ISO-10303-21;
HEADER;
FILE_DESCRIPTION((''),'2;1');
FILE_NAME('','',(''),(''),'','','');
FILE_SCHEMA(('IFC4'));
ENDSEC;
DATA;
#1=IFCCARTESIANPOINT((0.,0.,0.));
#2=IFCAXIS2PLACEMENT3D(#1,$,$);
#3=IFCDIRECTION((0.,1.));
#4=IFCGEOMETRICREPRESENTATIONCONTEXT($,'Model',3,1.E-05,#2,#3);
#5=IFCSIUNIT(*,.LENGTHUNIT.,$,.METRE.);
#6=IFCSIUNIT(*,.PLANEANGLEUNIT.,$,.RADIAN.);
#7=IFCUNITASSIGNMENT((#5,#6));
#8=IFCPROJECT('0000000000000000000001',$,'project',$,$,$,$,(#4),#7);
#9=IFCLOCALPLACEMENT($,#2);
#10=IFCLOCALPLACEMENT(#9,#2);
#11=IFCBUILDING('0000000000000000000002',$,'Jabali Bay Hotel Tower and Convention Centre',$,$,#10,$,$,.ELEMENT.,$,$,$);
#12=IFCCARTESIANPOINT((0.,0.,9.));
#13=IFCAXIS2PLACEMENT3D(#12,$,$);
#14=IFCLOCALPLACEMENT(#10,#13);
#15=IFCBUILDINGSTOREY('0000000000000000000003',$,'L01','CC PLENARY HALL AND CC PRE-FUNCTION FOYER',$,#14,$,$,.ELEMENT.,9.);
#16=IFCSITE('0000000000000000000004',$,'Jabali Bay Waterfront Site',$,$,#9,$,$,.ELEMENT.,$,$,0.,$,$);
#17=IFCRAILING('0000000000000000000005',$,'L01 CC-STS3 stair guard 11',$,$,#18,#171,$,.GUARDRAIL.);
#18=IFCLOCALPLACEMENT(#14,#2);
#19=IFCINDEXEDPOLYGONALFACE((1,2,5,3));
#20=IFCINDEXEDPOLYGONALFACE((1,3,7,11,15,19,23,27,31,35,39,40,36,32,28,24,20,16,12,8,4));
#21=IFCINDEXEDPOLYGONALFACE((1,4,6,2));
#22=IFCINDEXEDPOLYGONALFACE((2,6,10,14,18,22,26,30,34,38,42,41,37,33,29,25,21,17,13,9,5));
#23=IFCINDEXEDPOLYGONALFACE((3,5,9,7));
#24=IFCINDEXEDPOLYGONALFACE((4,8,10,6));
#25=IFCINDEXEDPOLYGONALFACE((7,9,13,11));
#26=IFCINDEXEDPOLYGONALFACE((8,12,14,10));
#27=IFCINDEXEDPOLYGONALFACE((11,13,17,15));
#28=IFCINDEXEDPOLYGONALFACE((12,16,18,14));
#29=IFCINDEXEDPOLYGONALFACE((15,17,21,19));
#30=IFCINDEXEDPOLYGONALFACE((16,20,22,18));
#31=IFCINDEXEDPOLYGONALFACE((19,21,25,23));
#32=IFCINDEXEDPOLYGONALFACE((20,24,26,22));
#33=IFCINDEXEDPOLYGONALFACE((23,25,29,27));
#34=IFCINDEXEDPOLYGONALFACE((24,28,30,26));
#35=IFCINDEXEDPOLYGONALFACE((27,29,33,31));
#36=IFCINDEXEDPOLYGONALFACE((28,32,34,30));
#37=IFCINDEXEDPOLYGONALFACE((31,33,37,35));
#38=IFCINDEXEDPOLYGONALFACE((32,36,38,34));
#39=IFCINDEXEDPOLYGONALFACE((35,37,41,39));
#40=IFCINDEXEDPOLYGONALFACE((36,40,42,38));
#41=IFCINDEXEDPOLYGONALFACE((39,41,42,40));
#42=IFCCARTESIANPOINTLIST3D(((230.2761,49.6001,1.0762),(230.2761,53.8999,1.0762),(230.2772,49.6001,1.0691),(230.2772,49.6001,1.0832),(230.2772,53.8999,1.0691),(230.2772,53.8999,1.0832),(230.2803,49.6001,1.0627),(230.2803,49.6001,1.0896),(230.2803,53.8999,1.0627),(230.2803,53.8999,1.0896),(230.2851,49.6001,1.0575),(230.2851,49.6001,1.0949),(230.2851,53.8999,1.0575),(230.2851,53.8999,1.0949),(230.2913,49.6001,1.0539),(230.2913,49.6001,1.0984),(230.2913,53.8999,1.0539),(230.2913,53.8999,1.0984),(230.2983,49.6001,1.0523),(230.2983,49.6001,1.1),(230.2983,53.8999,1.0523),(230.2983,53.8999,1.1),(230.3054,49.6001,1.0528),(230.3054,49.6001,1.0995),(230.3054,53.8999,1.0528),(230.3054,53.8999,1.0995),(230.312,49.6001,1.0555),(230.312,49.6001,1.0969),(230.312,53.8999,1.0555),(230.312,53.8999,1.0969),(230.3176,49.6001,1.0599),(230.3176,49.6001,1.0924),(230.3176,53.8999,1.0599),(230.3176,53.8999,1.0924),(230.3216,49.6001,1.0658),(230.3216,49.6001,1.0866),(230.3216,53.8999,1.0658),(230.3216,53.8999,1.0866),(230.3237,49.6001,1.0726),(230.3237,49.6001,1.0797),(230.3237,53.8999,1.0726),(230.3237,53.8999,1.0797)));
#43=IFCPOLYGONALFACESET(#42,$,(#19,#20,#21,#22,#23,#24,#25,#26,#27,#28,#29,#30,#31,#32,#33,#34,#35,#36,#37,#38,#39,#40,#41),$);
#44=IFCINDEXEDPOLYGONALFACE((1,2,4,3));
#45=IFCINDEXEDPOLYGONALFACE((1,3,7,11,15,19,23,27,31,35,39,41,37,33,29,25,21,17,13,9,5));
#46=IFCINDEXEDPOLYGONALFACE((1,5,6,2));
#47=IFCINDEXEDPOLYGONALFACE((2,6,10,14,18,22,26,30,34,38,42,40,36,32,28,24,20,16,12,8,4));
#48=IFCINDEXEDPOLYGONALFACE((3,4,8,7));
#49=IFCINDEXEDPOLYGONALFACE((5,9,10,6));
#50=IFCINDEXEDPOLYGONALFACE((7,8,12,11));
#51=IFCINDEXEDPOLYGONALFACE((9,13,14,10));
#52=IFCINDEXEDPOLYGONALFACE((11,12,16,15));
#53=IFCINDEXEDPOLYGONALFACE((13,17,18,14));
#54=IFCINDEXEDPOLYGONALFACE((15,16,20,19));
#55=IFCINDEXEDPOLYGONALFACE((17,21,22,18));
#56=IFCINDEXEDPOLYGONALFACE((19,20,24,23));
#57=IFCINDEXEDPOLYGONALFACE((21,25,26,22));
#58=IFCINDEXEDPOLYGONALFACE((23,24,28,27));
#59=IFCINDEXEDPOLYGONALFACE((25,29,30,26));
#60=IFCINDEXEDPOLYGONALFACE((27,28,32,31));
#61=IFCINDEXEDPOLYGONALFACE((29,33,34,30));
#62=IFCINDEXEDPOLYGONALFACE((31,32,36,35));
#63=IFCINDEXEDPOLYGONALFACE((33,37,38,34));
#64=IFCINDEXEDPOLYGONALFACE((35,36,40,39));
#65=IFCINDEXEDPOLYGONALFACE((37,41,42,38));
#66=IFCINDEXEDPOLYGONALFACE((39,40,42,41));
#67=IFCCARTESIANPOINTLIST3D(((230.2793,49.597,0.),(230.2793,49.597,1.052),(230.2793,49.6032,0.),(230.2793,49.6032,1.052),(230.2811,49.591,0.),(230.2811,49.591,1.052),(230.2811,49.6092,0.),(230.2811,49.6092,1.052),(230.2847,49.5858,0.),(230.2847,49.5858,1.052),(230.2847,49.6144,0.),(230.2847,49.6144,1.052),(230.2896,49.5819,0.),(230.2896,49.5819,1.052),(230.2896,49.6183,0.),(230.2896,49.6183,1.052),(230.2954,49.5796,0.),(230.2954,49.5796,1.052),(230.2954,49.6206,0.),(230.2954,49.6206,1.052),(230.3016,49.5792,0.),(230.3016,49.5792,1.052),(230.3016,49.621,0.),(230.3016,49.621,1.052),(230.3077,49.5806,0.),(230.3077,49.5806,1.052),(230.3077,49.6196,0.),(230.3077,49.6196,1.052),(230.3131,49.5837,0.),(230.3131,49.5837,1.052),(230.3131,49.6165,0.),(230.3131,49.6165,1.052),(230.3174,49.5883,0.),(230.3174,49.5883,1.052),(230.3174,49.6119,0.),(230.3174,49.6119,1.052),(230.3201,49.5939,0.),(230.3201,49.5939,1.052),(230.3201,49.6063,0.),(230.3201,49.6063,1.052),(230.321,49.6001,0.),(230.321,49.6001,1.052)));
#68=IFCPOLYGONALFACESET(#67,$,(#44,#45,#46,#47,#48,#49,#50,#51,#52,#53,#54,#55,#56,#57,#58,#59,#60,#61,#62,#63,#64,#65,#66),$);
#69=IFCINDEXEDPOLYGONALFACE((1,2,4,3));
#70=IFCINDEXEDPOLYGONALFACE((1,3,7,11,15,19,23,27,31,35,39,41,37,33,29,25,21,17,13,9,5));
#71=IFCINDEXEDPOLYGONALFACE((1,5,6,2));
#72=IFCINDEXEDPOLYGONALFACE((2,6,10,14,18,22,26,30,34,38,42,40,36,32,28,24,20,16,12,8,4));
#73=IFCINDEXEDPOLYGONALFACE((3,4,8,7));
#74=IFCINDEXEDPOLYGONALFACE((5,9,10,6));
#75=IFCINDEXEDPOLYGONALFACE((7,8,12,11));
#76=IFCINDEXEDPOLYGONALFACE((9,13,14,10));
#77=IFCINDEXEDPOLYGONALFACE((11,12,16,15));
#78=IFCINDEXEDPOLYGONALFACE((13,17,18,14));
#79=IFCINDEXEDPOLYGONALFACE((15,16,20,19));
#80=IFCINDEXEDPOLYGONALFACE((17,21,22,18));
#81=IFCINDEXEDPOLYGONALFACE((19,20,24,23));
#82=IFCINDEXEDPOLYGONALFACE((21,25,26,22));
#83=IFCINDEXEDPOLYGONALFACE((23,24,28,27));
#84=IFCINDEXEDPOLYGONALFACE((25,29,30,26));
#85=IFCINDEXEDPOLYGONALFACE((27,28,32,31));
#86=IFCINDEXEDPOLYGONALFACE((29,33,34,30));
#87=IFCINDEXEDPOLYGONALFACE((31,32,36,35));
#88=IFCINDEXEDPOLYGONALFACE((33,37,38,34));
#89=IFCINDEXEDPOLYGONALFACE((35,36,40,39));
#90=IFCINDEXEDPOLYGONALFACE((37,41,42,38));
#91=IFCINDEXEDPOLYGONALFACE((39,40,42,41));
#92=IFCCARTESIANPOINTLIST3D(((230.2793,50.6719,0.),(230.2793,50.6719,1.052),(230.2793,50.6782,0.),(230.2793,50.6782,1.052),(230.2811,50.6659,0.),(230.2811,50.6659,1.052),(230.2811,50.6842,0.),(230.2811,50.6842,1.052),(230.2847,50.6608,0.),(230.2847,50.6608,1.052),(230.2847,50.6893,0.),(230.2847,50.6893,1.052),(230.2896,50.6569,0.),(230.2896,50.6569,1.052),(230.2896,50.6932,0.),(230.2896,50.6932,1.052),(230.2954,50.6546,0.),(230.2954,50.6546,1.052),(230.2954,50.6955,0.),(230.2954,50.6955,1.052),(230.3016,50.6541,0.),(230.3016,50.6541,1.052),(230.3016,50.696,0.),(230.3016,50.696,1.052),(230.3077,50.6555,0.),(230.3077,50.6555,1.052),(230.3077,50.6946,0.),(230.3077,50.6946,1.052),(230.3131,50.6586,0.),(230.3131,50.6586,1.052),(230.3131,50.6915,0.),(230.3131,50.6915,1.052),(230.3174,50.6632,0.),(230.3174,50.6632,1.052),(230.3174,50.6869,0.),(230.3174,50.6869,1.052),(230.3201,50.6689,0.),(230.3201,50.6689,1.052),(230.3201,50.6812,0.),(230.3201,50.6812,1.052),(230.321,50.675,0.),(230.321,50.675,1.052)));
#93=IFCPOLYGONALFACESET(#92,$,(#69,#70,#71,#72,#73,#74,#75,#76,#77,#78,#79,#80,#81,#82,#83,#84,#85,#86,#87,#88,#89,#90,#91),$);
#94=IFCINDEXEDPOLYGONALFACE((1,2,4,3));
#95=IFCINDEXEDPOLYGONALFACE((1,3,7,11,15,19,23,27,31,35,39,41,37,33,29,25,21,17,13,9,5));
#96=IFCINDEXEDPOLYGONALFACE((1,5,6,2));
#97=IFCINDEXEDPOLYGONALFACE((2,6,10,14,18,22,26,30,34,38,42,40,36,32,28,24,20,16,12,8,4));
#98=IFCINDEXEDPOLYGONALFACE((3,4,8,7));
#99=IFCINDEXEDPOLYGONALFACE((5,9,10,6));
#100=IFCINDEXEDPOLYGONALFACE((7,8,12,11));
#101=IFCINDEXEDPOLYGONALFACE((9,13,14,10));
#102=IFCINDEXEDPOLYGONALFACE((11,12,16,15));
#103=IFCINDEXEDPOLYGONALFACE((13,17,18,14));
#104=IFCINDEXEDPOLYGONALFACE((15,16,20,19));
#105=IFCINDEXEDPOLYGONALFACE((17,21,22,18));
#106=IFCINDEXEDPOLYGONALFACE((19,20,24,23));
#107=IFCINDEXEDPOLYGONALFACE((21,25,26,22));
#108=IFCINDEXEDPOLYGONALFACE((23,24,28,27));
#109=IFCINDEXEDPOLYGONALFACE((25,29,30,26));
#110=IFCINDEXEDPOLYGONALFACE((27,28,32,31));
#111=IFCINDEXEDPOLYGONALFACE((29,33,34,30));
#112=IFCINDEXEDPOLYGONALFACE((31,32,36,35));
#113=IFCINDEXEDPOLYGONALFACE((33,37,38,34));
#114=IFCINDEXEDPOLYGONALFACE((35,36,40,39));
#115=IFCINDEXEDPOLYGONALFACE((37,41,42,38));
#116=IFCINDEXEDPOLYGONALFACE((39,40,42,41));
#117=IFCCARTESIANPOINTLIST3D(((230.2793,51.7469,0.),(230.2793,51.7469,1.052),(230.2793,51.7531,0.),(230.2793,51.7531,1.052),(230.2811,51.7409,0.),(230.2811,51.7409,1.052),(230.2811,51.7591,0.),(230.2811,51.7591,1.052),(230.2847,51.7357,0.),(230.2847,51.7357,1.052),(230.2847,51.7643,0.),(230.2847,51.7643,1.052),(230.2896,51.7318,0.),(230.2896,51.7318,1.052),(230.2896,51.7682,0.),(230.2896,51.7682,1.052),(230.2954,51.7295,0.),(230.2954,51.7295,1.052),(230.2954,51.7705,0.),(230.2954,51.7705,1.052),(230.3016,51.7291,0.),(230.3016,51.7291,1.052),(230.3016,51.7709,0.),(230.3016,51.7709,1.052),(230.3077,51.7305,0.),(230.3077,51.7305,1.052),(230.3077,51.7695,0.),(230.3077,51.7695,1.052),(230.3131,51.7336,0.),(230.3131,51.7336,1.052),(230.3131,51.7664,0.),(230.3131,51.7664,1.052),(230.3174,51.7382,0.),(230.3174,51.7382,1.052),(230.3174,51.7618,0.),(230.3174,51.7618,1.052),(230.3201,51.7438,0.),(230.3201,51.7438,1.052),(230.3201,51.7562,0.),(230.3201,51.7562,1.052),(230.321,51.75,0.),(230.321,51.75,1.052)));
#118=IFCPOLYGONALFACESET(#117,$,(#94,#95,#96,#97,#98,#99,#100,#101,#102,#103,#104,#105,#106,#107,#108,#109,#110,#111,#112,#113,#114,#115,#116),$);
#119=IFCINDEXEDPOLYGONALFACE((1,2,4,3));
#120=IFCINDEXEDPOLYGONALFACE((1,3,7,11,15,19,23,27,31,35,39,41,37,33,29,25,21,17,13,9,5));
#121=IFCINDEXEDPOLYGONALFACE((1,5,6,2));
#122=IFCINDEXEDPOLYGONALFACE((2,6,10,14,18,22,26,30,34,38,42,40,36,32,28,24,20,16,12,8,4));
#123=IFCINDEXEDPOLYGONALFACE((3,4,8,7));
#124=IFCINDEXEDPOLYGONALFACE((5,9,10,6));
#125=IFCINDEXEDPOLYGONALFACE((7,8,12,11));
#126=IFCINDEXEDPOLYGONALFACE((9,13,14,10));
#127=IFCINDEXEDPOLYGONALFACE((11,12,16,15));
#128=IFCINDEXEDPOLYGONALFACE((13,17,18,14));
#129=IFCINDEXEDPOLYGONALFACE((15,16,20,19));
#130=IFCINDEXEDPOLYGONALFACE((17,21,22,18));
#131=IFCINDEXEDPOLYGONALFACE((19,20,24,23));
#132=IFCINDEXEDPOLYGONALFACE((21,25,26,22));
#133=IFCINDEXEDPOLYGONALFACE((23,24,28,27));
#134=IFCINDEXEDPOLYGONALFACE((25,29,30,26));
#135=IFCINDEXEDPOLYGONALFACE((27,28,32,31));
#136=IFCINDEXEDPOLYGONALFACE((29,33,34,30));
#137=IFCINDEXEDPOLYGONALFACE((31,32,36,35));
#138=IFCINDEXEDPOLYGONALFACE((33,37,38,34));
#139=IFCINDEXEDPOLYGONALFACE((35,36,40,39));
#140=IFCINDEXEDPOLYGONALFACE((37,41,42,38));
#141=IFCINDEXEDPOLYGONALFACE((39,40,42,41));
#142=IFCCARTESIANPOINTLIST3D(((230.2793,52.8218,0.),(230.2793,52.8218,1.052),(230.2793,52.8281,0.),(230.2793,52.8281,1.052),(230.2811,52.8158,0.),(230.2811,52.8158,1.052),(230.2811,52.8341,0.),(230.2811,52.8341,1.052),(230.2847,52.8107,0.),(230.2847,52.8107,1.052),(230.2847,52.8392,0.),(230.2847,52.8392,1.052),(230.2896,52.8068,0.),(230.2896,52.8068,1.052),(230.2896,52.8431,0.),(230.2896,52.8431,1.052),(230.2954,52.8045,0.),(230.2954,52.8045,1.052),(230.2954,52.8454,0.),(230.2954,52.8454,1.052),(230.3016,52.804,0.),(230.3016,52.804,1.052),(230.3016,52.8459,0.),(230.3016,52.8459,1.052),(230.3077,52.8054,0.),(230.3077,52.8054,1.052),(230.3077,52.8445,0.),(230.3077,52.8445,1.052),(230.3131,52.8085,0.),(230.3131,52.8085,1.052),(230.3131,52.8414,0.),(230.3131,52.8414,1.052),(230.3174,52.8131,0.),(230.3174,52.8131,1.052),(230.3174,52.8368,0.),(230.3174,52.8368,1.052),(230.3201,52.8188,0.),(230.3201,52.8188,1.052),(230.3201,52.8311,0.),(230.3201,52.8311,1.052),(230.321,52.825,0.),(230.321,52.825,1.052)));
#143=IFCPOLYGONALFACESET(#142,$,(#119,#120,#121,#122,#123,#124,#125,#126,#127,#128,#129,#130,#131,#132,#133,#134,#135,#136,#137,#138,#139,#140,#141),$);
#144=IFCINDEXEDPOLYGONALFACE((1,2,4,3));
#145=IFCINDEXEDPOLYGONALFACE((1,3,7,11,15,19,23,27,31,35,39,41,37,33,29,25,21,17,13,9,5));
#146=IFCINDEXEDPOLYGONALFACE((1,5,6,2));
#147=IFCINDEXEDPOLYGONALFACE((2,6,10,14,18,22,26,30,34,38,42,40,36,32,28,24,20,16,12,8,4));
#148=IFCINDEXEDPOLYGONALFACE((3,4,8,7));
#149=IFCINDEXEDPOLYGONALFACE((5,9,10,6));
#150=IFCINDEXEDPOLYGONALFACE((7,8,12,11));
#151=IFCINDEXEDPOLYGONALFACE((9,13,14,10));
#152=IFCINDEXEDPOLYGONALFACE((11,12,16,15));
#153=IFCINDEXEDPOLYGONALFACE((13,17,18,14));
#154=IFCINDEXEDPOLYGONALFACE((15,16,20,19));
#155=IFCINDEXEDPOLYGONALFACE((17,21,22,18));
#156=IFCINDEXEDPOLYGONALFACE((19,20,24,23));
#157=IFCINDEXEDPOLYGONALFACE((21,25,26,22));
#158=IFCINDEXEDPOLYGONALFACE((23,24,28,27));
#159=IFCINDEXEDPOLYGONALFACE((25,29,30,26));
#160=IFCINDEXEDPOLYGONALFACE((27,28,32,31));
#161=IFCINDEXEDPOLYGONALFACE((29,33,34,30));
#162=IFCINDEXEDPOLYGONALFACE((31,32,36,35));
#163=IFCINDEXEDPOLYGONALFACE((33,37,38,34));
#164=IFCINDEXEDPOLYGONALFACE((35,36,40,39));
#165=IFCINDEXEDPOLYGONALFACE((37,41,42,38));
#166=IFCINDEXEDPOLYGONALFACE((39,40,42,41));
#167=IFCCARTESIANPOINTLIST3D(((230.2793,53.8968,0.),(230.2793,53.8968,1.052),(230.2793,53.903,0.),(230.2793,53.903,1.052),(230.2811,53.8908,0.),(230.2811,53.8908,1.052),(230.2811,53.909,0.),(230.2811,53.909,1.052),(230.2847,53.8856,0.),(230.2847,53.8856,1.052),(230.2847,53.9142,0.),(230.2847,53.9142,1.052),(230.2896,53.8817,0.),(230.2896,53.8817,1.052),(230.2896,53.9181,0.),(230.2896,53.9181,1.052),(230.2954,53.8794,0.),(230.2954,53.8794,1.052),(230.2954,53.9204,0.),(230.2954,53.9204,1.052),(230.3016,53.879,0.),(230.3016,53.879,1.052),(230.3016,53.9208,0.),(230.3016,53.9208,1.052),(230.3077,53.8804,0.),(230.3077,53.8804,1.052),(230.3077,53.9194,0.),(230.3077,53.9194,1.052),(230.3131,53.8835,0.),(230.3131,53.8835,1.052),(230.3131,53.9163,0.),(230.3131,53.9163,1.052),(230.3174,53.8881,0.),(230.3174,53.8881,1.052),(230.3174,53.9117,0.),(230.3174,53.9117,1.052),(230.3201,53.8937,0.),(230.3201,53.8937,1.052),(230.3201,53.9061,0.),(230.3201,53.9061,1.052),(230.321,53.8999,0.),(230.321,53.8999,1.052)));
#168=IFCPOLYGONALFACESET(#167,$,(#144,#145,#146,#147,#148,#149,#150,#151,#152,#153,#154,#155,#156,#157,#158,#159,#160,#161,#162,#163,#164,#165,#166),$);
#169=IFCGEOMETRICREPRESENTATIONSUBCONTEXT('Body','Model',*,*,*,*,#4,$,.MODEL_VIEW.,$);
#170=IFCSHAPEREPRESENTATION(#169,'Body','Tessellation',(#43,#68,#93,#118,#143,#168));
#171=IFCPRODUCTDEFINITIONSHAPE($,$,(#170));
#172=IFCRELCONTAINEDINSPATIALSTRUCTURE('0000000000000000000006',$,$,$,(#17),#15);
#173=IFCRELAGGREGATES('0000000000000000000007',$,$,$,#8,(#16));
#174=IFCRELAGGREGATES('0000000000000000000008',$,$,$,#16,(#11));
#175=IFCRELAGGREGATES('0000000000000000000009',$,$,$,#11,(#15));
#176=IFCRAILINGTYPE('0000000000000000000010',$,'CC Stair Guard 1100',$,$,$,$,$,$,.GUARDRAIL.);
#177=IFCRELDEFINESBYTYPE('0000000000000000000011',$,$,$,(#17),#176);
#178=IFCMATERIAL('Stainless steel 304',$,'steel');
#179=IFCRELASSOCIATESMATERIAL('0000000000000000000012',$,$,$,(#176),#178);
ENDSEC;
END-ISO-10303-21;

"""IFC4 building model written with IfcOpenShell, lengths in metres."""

from ifc_helpers import new_model, si_unit, direction, frame, origin, origin_2d, place, context, subcontext, project, spatial, circle, extrude, material, type_object, element, save


model = new_model("IFC4")

# Units and contexts
model_context = context("Model", 3, precision=1e-05, world=origin(), true_north=direction((0.0, 1.0)))
body_context = subcontext(model_context, "Body", "Model", "MODEL_VIEW")
ifc_project = project(units=[si_unit("LENGTHUNIT", "METRE"), si_unit("PLANEANGLEUNIT", "RADIAN")], contexts=[model_context])

# Site, building, storey
site_placement = place(None, origin())
site = spatial("IfcSite", under=ifc_project, at=site_placement, Name="Jabali Bay Waterfront Site", CompositionType="ELEMENT", RefElevation=0.0)
building_placement = place(site_placement, origin())
building = spatial("IfcBuilding", under=site, at=building_placement, Name="Jabali Bay Hotel Tower and Convention Centre", CompositionType="ELEMENT")
storey_placement = place(building_placement, frame((0.0, 0.0, 9.0)))
storey = spatial("IfcBuildingStorey", under=building, at=storey_placement, Name="L01", Description="CC PLENARY HALL AND CC PRE-FUNCTION FOYER", CompositionType="ELEMENT", Elevation=9.0)

# Railing
ifc_material_1 = material(Name="Stainless steel 304", Category="steel")
railing_type_1 = type_object("IfcRailingType", Name="CC Stair Guard 1100", PredefinedType="GUARDRAIL", material=ifc_material_1)
railing_placement = place(storey_placement, frame((230.3, 49.6001, 0.0)))
element("IfcRailing", 1, at=railing_placement, inside=storey, type_object=railing_type_1, Name="L01 CC-STS3 stair guard 11", PredefinedType="GUARDRAIL", context=body_context, shape_type="SweptSolid", body=[
    extrude(circle(Radius=0.0239, at=origin_2d()), frame((0.0, 0.0, 1.0762), z_axis=(0.0, 1.0, 0.0), x_axis=(-1.0, 0.0, 0.0)), (0.0, 0.0, 1.0), 4.2998),
    extrude(circle(Radius=0.021, at=origin_2d()), origin(), (0.0, 0.0, 1.0), 1.052),
    extrude(circle(Radius=0.021, at=origin_2d()), frame((0.0, 1.075, 0.0)), (0.0, 0.0, 1.0), 1.052),
    extrude(circle(Radius=0.021, at=origin_2d()), frame((0.0, 2.1499, 0.0)), (0.0, 0.0, 1.0), 1.052),
    extrude(circle(Radius=0.021, at=origin_2d()), frame((0.0, 3.2249, 0.0)), (0.0, 0.0, 1.0), 1.052),
    extrude(circle(Radius=0.021, at=origin_2d()), frame((0.0, 4.2998, 0.0)), (0.0, 0.0, 1.0), 1.052),
])

save(model, "model.ifc")
